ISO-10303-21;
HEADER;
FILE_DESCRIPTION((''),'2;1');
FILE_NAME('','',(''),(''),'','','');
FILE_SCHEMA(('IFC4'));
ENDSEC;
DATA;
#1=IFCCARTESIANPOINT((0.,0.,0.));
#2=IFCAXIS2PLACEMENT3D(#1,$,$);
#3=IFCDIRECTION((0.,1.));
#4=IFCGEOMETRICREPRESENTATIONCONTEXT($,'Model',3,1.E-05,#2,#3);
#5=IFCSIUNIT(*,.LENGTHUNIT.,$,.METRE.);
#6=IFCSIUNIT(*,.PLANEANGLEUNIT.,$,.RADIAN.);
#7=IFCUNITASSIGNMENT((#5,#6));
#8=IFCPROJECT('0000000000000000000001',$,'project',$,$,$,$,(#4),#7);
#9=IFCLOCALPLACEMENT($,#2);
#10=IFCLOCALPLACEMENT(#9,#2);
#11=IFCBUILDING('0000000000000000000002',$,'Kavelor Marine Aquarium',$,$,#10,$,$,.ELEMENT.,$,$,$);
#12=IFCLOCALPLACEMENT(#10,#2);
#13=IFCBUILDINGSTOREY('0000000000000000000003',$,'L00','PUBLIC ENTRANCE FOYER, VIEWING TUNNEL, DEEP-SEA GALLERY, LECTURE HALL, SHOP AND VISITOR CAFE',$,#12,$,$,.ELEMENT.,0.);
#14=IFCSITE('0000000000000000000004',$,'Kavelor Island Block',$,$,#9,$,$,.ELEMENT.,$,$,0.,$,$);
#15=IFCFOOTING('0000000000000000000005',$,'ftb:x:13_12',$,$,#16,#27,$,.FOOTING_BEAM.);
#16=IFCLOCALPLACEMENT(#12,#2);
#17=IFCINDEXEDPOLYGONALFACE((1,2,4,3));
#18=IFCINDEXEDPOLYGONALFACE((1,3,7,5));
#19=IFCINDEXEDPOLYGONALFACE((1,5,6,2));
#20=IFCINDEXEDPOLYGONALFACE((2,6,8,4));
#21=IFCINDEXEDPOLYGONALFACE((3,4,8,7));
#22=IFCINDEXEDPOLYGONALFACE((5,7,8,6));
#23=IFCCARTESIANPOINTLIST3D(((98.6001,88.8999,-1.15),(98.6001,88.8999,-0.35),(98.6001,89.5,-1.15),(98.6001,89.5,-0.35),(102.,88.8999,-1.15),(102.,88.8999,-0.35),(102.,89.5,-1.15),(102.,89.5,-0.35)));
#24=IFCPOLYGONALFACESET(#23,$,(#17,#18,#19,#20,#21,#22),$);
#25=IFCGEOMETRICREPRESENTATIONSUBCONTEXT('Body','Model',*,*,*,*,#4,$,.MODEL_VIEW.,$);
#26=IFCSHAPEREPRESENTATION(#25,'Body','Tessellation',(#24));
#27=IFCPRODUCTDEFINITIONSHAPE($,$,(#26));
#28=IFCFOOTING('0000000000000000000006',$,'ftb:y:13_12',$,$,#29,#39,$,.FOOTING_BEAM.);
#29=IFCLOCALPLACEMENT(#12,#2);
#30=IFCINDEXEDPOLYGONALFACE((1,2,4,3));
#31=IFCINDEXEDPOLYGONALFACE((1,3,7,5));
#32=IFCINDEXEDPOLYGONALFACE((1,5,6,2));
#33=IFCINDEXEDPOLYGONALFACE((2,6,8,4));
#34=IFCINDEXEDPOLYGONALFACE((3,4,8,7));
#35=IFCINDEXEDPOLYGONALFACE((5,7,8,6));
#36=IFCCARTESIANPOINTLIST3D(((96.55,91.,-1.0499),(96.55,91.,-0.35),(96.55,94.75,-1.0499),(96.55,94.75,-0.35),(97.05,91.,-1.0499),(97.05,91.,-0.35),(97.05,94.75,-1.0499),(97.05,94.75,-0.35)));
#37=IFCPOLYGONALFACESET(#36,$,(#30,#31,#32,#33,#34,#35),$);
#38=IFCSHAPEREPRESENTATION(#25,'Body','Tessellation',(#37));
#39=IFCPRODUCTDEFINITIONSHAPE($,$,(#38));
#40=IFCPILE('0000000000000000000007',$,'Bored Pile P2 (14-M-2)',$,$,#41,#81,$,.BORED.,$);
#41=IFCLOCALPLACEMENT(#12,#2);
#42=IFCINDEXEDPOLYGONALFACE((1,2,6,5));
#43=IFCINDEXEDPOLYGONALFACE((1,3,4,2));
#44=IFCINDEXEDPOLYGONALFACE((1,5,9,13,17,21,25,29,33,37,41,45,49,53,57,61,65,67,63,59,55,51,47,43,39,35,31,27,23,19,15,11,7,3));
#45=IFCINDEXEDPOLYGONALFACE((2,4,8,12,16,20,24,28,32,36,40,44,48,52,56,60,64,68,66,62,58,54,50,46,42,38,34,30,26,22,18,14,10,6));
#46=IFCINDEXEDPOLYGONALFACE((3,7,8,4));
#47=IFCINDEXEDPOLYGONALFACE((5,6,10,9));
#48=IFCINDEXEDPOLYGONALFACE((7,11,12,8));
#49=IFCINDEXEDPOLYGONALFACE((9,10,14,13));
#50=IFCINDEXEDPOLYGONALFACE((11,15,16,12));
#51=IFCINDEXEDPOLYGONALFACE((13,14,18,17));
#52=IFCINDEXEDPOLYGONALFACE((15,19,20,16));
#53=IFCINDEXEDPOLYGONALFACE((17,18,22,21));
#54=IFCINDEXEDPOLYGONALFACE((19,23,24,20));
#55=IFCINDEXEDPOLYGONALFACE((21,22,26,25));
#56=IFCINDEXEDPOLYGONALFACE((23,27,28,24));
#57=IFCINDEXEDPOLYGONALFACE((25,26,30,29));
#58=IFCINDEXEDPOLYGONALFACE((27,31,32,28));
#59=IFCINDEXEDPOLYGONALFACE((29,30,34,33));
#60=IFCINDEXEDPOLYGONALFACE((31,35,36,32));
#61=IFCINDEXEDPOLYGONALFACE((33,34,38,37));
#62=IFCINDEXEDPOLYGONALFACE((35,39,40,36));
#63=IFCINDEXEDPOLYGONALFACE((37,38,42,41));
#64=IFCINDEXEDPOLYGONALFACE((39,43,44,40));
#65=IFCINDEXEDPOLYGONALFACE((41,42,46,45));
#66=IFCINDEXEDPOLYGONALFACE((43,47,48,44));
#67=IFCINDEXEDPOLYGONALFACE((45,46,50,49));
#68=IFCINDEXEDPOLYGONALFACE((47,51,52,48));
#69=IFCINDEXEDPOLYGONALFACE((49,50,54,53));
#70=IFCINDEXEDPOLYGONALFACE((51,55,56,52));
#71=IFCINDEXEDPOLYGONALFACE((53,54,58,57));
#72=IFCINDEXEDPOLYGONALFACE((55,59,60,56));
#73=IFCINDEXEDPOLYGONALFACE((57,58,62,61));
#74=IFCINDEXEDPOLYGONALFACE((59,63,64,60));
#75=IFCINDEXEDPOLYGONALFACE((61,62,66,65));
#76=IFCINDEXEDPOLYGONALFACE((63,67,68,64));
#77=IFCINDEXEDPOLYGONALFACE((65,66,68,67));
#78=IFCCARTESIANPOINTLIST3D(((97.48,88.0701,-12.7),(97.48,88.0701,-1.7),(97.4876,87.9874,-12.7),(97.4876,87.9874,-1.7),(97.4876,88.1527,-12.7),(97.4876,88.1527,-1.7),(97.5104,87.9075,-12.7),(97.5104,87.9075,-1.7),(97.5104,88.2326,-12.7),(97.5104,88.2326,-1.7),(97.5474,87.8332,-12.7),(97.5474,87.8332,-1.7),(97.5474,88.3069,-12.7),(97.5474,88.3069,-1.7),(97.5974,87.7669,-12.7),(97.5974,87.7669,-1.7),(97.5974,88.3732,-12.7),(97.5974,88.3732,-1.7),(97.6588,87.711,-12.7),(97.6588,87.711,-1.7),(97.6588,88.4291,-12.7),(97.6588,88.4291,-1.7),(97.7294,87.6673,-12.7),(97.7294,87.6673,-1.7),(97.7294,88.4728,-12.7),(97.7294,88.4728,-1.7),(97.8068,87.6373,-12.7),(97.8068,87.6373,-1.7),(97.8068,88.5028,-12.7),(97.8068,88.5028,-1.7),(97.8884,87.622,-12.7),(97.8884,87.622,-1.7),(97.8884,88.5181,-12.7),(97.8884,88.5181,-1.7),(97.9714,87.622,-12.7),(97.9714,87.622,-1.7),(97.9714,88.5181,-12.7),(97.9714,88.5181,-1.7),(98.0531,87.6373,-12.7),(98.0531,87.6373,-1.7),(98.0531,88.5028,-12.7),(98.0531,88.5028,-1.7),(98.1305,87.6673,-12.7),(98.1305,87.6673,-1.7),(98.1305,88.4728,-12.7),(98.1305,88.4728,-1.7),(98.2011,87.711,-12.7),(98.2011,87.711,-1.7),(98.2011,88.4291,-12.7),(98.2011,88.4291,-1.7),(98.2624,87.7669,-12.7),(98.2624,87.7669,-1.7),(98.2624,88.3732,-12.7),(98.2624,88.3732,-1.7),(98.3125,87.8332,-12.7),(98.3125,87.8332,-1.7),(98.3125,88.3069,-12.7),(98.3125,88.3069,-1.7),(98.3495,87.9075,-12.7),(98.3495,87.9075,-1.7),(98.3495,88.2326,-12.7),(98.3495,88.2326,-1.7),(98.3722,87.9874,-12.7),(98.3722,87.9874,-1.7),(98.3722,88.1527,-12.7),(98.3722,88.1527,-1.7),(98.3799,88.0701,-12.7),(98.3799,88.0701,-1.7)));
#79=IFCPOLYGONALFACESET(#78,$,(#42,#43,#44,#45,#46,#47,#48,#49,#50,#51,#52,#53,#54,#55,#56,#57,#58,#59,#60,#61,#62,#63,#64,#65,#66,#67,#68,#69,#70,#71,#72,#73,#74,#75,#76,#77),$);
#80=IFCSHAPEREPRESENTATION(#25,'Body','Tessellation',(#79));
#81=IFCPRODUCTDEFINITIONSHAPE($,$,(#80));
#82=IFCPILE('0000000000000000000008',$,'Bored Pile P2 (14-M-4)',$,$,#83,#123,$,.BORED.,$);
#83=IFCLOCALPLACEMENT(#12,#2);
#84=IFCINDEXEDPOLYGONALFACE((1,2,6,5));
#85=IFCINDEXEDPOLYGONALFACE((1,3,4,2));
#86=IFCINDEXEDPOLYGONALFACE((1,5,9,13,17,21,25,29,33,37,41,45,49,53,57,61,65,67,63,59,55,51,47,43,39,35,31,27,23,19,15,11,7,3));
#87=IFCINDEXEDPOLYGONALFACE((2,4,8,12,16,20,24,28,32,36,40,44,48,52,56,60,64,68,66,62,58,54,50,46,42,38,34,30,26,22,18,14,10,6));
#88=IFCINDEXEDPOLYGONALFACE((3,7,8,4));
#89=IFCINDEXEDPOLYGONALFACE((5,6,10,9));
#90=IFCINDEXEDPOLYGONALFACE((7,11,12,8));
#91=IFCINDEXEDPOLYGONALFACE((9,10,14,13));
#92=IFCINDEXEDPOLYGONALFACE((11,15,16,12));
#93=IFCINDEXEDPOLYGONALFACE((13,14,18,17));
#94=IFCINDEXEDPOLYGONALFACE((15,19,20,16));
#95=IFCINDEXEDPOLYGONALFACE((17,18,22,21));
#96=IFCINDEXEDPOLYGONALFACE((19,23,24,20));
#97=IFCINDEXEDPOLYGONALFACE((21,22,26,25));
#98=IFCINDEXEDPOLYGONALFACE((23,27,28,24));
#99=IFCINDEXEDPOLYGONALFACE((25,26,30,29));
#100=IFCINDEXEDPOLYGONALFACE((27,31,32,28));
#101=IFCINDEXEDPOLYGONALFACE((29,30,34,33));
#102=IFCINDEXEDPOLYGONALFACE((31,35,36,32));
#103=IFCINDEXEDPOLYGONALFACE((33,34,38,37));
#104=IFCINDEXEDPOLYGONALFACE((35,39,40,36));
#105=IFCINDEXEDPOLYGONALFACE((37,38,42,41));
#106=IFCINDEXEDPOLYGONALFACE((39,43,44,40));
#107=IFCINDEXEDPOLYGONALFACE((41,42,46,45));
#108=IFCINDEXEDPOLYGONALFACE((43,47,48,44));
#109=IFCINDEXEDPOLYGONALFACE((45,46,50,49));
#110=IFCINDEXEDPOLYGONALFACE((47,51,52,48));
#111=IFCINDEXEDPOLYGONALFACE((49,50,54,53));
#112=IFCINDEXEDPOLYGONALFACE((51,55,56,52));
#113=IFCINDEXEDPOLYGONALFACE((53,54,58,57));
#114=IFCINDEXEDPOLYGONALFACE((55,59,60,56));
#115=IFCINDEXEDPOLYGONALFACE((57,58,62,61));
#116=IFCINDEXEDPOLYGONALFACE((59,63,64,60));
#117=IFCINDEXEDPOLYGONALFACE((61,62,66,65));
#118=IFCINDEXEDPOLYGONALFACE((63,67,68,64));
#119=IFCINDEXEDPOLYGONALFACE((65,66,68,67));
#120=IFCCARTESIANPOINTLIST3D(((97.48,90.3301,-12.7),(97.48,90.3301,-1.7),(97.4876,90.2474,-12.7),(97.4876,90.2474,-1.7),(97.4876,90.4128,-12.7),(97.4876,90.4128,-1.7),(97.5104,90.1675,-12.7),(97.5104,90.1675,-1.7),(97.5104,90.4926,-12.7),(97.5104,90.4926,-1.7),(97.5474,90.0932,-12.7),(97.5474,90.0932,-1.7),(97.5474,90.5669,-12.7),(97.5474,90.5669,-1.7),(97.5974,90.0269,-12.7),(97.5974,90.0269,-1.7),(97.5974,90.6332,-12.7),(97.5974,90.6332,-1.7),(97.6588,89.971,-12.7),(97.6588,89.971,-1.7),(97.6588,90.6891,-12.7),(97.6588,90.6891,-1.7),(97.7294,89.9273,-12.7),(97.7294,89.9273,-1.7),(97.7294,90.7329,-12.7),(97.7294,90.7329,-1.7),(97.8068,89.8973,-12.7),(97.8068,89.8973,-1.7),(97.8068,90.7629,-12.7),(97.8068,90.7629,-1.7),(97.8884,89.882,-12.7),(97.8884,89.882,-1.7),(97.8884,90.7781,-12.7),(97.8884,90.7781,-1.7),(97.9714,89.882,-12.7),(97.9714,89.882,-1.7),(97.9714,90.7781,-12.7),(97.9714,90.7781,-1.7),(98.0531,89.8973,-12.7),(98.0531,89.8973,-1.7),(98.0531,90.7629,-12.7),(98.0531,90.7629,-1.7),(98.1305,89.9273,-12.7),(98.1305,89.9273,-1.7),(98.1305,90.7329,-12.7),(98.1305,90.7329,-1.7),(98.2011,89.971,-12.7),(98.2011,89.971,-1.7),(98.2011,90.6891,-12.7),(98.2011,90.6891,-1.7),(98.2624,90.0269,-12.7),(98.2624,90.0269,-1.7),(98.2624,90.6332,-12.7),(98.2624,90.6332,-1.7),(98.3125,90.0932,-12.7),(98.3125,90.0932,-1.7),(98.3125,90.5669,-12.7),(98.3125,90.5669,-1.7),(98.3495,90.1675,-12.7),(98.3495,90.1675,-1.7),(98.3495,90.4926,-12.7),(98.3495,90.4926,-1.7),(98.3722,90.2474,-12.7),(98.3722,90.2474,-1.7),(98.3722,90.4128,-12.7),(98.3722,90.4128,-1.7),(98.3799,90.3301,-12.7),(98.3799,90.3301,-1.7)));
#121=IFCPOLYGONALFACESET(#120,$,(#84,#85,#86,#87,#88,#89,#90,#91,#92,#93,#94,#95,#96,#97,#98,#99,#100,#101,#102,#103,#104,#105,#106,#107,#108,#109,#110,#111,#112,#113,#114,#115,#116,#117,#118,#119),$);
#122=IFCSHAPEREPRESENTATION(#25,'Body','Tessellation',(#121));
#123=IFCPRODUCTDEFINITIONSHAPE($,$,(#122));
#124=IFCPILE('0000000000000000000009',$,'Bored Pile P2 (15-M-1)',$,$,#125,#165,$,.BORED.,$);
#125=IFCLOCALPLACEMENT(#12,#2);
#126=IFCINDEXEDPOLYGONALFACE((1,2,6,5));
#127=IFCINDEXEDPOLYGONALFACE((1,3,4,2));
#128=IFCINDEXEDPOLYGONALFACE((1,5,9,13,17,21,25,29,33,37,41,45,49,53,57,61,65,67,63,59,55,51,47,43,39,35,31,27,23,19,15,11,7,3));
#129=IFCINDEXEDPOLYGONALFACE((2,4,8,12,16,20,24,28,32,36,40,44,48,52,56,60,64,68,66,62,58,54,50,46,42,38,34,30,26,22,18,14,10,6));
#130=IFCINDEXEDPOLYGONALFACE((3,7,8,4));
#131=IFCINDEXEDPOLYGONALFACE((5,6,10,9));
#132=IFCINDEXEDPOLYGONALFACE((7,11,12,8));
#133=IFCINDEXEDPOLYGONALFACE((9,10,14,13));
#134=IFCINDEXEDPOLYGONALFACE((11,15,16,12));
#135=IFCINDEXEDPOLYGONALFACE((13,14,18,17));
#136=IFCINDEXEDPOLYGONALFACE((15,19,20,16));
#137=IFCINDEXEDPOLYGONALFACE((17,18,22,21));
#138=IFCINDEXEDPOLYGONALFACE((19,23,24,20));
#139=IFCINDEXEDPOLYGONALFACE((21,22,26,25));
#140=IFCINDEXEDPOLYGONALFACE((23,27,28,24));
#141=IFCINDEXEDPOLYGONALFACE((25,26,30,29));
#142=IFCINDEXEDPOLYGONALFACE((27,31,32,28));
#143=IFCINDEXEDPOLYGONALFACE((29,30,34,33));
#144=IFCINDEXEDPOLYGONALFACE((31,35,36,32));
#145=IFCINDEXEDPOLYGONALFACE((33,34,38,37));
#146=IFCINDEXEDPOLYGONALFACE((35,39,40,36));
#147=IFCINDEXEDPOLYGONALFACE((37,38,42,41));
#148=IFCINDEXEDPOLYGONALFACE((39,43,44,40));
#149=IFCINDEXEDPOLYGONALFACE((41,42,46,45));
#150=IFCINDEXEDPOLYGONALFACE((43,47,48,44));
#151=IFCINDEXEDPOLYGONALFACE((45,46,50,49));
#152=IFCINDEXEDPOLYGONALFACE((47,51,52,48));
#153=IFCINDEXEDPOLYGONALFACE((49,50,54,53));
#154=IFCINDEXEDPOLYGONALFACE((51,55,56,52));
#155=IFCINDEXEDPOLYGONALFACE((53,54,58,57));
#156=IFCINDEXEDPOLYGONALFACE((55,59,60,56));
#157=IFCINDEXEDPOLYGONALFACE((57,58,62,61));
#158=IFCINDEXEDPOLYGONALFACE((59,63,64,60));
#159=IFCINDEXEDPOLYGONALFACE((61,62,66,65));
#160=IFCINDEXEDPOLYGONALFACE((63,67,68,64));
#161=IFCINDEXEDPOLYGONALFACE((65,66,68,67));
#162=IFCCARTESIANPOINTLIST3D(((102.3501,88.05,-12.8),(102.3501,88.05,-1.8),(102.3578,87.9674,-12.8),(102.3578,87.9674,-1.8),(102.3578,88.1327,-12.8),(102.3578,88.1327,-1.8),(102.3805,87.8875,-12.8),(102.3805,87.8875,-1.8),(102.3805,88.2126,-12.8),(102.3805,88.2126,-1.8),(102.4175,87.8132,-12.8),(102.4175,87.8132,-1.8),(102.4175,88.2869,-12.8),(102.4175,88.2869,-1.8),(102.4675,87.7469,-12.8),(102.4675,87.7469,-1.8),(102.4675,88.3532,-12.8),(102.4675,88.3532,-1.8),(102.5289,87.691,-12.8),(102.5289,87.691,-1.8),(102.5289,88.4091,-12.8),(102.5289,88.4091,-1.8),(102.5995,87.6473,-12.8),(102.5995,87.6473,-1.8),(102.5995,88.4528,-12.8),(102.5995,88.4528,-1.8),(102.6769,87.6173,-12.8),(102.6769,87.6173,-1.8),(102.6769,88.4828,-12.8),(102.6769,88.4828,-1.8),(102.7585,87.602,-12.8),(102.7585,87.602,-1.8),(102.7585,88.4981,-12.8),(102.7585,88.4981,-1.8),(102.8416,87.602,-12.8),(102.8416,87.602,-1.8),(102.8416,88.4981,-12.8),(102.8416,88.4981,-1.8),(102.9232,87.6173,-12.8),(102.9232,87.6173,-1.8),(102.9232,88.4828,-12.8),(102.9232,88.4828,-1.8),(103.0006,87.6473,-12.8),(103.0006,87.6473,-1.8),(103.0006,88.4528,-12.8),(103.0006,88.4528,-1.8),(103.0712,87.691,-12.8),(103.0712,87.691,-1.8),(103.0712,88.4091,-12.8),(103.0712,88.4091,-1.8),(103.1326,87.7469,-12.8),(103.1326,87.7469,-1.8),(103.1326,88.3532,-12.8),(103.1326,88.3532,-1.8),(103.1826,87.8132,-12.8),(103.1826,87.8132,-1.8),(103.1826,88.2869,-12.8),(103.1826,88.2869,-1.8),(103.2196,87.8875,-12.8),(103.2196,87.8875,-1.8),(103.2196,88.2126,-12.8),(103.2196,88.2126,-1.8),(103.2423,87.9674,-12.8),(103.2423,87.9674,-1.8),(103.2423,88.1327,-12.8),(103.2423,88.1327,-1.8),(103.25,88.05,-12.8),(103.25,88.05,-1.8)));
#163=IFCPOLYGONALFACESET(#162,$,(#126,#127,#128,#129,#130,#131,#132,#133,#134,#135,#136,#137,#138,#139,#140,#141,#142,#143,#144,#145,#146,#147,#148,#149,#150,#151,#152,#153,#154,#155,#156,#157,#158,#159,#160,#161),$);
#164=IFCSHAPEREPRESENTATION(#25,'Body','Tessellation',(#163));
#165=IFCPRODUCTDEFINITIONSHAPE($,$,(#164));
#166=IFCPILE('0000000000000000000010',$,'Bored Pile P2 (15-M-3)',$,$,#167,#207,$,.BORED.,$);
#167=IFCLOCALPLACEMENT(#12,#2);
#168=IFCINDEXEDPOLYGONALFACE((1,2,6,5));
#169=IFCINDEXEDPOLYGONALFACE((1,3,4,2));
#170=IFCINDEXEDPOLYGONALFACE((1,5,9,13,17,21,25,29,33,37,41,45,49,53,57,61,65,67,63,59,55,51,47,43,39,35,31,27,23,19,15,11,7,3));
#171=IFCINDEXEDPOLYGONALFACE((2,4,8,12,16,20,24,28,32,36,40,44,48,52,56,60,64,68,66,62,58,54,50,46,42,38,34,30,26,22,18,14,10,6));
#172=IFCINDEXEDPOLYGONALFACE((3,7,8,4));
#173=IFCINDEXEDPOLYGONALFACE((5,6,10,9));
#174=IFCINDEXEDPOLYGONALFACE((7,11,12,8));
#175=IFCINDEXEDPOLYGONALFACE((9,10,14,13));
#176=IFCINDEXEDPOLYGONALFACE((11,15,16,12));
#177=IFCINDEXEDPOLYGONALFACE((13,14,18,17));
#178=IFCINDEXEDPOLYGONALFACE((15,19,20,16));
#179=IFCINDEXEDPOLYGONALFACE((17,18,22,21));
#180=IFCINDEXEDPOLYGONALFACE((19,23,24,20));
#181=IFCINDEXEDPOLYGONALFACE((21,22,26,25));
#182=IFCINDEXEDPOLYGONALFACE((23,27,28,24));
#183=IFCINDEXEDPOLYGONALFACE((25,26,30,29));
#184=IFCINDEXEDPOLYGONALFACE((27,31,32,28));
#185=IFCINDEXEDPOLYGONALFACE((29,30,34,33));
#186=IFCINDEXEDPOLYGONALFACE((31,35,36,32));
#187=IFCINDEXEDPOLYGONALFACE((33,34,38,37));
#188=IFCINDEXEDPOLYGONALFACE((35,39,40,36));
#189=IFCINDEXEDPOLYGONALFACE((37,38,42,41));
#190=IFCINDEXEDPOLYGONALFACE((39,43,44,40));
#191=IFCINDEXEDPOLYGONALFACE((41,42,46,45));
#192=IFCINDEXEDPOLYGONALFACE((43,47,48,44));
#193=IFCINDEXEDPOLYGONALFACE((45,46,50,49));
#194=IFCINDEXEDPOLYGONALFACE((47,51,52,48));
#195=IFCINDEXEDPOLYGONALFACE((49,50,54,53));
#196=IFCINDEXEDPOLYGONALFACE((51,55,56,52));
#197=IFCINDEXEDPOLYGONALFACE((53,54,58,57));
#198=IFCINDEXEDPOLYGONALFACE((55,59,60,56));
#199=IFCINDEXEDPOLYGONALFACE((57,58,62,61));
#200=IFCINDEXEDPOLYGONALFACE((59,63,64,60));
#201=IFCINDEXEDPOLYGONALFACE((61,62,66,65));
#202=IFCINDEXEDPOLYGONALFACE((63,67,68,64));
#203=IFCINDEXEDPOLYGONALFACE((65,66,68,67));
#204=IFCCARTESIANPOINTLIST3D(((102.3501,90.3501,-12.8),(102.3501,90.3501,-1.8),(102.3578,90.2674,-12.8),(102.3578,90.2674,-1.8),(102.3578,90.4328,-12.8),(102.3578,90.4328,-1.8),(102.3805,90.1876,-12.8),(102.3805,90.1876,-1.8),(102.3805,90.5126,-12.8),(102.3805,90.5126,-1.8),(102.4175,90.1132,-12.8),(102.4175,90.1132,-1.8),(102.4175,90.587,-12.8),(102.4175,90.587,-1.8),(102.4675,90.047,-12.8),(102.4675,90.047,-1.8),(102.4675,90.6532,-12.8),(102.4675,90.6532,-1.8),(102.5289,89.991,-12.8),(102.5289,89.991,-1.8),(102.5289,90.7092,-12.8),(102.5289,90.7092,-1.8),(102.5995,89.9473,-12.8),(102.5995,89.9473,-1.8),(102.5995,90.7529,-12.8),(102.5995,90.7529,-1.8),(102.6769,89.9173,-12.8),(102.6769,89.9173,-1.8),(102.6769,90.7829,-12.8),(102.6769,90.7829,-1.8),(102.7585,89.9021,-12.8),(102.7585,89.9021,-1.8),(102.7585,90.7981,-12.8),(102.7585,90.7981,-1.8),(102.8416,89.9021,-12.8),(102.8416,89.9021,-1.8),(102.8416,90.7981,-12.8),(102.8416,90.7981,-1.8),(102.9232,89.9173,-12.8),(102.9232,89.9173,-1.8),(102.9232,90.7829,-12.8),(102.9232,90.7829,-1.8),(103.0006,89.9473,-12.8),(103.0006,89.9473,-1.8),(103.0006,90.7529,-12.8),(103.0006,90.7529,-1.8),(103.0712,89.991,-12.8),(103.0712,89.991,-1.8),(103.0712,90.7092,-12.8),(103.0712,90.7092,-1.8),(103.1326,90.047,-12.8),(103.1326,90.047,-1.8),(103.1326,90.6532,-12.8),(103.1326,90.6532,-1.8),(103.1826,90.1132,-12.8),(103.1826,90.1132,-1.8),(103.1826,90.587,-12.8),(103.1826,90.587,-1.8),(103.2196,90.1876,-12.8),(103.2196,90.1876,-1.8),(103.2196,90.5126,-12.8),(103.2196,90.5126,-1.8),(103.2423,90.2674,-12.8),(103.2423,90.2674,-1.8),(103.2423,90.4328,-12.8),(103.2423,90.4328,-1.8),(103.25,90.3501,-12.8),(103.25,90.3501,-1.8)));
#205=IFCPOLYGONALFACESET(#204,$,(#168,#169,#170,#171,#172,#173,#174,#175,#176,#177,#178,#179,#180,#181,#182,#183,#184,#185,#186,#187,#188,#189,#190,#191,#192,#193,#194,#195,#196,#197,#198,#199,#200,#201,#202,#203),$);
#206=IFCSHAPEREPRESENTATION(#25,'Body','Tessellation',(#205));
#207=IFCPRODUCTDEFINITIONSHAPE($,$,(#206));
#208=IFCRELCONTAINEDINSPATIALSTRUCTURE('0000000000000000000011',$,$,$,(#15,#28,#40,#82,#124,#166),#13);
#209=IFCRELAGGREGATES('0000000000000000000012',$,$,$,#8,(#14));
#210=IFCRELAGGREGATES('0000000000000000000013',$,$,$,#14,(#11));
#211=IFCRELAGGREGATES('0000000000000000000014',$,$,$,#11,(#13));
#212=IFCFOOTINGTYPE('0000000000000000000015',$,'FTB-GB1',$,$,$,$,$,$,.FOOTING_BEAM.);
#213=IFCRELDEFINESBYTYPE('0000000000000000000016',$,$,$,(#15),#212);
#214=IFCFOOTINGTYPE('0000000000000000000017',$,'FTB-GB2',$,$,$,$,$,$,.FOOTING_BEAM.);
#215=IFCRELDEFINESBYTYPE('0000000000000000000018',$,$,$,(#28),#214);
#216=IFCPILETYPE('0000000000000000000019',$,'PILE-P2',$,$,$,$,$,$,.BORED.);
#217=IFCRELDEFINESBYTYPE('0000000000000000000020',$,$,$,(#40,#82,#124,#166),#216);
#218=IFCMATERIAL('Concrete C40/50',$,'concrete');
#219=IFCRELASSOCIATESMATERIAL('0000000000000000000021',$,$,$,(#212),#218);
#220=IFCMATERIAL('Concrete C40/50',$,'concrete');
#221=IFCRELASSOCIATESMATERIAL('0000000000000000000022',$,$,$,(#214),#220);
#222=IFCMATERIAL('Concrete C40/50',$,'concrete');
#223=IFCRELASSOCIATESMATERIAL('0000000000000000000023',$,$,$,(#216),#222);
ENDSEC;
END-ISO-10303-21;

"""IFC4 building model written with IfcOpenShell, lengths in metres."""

from ifc_helpers import new_model, si_unit, direction, frame, origin, origin_2d, place, context, subcontext, project, spatial, rectangle, circle, extrude, material, material_profile, profile_set, type_object, element, save


model = new_model("IFC4")

# Units and contexts
model_context = context("Model", 3, precision=1e-05, world=origin(), true_north=direction((0.0, 1.0)))
body_context = subcontext(model_context, "Body", "Model", "MODEL_VIEW")
ifc_project = project(units=[si_unit("LENGTHUNIT", "METRE"), si_unit("PLANEANGLEUNIT", "RADIAN")], contexts=[model_context])

# Site, building, storey
site_placement = place(None, origin())
site = spatial("IfcSite", under=ifc_project, at=site_placement, Name="Kavelor Island Block", CompositionType="ELEMENT", RefElevation=0.0)
building_placement = place(site_placement, origin())
building = spatial("IfcBuilding", under=site, at=building_placement, Name="Kavelor Marine Aquarium", CompositionType="ELEMENT")
storey_placement = place(building_placement, origin())
storey = spatial("IfcBuildingStorey", under=building, at=storey_placement, Name="L00", Description="PUBLIC ENTRANCE FOYER, VIEWING TUNNEL, DEEP-SEA GALLERY, LECTURE HALL, SHOP AND VISITOR CAFE", CompositionType="ELEMENT", Elevation=0.0)

# Footings
ifc_material_1 = material(Name="Concrete C40/50", Category="concrete")
ifc_material_profile_1 = material_profile(ifc_material_1, rectangle(XDim=0.6001, YDim=0.8, at=origin_2d()), Name="GB 600x800")
ifc_profile_set_1 = profile_set([ifc_material_profile_1], Name="Concrete C40/50")
footing_type_1 = type_object("IfcFootingType", Name="FTB-GB1", PredefinedType="FOOTING_BEAM", material=ifc_profile_set_1)
footing_1_placement = place(storey_placement, frame((98.6001, 89.2, -0.75), z_axis=(1.0, 0.0, 0.0), x_axis=(0.0, 1.0, 0.0)))
element("IfcFooting", 1, at=footing_1_placement, inside=storey, type_object=footing_type_1, Name="ftb:x:13_12", PredefinedType="FOOTING_BEAM", context=body_context, shape_type="SweptSolid", body=[
    extrude(rectangle(XDim=0.6001, YDim=0.8, at=origin_2d()), origin(), (0.0, 0.0, 1.0), 3.3999),
])
ifc_material_2 = material(Name="Concrete C40/50", Category="concrete")
ifc_material_profile_2 = material_profile(ifc_material_2, rectangle(XDim=0.5, YDim=0.7, at=origin_2d()), Name="GB 500x700")
ifc_profile_set_2 = profile_set([ifc_material_profile_2], Name="Concrete C40/50")
footing_type_2 = type_object("IfcFootingType", Name="FTB-GB2", PredefinedType="FOOTING_BEAM", material=ifc_profile_set_2)
footing_2_placement = place(storey_placement, frame((96.8, 91.0, -0.7), z_axis=(0.0, 1.0, 0.0), x_axis=(-1.0, 0.0, 0.0)))
element("IfcFooting", 2, at=footing_2_placement, inside=storey, type_object=footing_type_2, Name="ftb:y:13_12", PredefinedType="FOOTING_BEAM", context=body_context, shape_type="SweptSolid", body=[
    extrude(rectangle(XDim=0.5, YDim=0.7, at=origin_2d()), origin(), (0.0, 0.0, 1.0), 3.75),
])

# Piles
ifc_material_3 = material(Name="Concrete C40/50", Category="concrete")
ifc_material_profile_3 = material_profile(ifc_material_3, circle(Radius=0.45, at=origin_2d()), Name="PILE D900")
ifc_profile_set_3 = profile_set([ifc_material_profile_3], Name="Concrete C40/50")
pile_type_1 = type_object("IfcPileType", Name="PILE-P2", PredefinedType="BORED", material=ifc_profile_set_3)
for number, where, z_axis, x_axis, name in (
    (3, (97.9299, 88.0701, -1.7), (0.0, 0.0, -1.0), (1.0, 0.0, 0.0), "Bored Pile P2 (14-M-2)"),
    (4, (97.9299, 90.3301, -1.7), (0.0, 0.0, -1.0), (1.0, 0.0, 0.0), "Bored Pile P2 (14-M-4)"),
    (5, (102.8, 88.05, -1.8), (0.0, 0.0, -1.0), (1.0, 0.0, 0.0), "Bored Pile P2 (15-M-1)"),
    (6, (102.8, 90.3501, -1.8), (0.0, 0.0, -1.0), (1.0, 0.0, 0.0), "Bored Pile P2 (15-M-3)"),
):
    element("IfcPile", number, at=place(storey_placement, frame(where, z_axis=z_axis, x_axis=x_axis)), inside=storey, type_object=pile_type_1, Name=name, PredefinedType="BORED", context=body_context, shape_type="SweptSolid", body=[
        extrude(circle(Radius=0.45, at=origin_2d()), origin(), (0.0, 0.0, 1.0), 11.0),
    ])

save(model, "model.ifc")
